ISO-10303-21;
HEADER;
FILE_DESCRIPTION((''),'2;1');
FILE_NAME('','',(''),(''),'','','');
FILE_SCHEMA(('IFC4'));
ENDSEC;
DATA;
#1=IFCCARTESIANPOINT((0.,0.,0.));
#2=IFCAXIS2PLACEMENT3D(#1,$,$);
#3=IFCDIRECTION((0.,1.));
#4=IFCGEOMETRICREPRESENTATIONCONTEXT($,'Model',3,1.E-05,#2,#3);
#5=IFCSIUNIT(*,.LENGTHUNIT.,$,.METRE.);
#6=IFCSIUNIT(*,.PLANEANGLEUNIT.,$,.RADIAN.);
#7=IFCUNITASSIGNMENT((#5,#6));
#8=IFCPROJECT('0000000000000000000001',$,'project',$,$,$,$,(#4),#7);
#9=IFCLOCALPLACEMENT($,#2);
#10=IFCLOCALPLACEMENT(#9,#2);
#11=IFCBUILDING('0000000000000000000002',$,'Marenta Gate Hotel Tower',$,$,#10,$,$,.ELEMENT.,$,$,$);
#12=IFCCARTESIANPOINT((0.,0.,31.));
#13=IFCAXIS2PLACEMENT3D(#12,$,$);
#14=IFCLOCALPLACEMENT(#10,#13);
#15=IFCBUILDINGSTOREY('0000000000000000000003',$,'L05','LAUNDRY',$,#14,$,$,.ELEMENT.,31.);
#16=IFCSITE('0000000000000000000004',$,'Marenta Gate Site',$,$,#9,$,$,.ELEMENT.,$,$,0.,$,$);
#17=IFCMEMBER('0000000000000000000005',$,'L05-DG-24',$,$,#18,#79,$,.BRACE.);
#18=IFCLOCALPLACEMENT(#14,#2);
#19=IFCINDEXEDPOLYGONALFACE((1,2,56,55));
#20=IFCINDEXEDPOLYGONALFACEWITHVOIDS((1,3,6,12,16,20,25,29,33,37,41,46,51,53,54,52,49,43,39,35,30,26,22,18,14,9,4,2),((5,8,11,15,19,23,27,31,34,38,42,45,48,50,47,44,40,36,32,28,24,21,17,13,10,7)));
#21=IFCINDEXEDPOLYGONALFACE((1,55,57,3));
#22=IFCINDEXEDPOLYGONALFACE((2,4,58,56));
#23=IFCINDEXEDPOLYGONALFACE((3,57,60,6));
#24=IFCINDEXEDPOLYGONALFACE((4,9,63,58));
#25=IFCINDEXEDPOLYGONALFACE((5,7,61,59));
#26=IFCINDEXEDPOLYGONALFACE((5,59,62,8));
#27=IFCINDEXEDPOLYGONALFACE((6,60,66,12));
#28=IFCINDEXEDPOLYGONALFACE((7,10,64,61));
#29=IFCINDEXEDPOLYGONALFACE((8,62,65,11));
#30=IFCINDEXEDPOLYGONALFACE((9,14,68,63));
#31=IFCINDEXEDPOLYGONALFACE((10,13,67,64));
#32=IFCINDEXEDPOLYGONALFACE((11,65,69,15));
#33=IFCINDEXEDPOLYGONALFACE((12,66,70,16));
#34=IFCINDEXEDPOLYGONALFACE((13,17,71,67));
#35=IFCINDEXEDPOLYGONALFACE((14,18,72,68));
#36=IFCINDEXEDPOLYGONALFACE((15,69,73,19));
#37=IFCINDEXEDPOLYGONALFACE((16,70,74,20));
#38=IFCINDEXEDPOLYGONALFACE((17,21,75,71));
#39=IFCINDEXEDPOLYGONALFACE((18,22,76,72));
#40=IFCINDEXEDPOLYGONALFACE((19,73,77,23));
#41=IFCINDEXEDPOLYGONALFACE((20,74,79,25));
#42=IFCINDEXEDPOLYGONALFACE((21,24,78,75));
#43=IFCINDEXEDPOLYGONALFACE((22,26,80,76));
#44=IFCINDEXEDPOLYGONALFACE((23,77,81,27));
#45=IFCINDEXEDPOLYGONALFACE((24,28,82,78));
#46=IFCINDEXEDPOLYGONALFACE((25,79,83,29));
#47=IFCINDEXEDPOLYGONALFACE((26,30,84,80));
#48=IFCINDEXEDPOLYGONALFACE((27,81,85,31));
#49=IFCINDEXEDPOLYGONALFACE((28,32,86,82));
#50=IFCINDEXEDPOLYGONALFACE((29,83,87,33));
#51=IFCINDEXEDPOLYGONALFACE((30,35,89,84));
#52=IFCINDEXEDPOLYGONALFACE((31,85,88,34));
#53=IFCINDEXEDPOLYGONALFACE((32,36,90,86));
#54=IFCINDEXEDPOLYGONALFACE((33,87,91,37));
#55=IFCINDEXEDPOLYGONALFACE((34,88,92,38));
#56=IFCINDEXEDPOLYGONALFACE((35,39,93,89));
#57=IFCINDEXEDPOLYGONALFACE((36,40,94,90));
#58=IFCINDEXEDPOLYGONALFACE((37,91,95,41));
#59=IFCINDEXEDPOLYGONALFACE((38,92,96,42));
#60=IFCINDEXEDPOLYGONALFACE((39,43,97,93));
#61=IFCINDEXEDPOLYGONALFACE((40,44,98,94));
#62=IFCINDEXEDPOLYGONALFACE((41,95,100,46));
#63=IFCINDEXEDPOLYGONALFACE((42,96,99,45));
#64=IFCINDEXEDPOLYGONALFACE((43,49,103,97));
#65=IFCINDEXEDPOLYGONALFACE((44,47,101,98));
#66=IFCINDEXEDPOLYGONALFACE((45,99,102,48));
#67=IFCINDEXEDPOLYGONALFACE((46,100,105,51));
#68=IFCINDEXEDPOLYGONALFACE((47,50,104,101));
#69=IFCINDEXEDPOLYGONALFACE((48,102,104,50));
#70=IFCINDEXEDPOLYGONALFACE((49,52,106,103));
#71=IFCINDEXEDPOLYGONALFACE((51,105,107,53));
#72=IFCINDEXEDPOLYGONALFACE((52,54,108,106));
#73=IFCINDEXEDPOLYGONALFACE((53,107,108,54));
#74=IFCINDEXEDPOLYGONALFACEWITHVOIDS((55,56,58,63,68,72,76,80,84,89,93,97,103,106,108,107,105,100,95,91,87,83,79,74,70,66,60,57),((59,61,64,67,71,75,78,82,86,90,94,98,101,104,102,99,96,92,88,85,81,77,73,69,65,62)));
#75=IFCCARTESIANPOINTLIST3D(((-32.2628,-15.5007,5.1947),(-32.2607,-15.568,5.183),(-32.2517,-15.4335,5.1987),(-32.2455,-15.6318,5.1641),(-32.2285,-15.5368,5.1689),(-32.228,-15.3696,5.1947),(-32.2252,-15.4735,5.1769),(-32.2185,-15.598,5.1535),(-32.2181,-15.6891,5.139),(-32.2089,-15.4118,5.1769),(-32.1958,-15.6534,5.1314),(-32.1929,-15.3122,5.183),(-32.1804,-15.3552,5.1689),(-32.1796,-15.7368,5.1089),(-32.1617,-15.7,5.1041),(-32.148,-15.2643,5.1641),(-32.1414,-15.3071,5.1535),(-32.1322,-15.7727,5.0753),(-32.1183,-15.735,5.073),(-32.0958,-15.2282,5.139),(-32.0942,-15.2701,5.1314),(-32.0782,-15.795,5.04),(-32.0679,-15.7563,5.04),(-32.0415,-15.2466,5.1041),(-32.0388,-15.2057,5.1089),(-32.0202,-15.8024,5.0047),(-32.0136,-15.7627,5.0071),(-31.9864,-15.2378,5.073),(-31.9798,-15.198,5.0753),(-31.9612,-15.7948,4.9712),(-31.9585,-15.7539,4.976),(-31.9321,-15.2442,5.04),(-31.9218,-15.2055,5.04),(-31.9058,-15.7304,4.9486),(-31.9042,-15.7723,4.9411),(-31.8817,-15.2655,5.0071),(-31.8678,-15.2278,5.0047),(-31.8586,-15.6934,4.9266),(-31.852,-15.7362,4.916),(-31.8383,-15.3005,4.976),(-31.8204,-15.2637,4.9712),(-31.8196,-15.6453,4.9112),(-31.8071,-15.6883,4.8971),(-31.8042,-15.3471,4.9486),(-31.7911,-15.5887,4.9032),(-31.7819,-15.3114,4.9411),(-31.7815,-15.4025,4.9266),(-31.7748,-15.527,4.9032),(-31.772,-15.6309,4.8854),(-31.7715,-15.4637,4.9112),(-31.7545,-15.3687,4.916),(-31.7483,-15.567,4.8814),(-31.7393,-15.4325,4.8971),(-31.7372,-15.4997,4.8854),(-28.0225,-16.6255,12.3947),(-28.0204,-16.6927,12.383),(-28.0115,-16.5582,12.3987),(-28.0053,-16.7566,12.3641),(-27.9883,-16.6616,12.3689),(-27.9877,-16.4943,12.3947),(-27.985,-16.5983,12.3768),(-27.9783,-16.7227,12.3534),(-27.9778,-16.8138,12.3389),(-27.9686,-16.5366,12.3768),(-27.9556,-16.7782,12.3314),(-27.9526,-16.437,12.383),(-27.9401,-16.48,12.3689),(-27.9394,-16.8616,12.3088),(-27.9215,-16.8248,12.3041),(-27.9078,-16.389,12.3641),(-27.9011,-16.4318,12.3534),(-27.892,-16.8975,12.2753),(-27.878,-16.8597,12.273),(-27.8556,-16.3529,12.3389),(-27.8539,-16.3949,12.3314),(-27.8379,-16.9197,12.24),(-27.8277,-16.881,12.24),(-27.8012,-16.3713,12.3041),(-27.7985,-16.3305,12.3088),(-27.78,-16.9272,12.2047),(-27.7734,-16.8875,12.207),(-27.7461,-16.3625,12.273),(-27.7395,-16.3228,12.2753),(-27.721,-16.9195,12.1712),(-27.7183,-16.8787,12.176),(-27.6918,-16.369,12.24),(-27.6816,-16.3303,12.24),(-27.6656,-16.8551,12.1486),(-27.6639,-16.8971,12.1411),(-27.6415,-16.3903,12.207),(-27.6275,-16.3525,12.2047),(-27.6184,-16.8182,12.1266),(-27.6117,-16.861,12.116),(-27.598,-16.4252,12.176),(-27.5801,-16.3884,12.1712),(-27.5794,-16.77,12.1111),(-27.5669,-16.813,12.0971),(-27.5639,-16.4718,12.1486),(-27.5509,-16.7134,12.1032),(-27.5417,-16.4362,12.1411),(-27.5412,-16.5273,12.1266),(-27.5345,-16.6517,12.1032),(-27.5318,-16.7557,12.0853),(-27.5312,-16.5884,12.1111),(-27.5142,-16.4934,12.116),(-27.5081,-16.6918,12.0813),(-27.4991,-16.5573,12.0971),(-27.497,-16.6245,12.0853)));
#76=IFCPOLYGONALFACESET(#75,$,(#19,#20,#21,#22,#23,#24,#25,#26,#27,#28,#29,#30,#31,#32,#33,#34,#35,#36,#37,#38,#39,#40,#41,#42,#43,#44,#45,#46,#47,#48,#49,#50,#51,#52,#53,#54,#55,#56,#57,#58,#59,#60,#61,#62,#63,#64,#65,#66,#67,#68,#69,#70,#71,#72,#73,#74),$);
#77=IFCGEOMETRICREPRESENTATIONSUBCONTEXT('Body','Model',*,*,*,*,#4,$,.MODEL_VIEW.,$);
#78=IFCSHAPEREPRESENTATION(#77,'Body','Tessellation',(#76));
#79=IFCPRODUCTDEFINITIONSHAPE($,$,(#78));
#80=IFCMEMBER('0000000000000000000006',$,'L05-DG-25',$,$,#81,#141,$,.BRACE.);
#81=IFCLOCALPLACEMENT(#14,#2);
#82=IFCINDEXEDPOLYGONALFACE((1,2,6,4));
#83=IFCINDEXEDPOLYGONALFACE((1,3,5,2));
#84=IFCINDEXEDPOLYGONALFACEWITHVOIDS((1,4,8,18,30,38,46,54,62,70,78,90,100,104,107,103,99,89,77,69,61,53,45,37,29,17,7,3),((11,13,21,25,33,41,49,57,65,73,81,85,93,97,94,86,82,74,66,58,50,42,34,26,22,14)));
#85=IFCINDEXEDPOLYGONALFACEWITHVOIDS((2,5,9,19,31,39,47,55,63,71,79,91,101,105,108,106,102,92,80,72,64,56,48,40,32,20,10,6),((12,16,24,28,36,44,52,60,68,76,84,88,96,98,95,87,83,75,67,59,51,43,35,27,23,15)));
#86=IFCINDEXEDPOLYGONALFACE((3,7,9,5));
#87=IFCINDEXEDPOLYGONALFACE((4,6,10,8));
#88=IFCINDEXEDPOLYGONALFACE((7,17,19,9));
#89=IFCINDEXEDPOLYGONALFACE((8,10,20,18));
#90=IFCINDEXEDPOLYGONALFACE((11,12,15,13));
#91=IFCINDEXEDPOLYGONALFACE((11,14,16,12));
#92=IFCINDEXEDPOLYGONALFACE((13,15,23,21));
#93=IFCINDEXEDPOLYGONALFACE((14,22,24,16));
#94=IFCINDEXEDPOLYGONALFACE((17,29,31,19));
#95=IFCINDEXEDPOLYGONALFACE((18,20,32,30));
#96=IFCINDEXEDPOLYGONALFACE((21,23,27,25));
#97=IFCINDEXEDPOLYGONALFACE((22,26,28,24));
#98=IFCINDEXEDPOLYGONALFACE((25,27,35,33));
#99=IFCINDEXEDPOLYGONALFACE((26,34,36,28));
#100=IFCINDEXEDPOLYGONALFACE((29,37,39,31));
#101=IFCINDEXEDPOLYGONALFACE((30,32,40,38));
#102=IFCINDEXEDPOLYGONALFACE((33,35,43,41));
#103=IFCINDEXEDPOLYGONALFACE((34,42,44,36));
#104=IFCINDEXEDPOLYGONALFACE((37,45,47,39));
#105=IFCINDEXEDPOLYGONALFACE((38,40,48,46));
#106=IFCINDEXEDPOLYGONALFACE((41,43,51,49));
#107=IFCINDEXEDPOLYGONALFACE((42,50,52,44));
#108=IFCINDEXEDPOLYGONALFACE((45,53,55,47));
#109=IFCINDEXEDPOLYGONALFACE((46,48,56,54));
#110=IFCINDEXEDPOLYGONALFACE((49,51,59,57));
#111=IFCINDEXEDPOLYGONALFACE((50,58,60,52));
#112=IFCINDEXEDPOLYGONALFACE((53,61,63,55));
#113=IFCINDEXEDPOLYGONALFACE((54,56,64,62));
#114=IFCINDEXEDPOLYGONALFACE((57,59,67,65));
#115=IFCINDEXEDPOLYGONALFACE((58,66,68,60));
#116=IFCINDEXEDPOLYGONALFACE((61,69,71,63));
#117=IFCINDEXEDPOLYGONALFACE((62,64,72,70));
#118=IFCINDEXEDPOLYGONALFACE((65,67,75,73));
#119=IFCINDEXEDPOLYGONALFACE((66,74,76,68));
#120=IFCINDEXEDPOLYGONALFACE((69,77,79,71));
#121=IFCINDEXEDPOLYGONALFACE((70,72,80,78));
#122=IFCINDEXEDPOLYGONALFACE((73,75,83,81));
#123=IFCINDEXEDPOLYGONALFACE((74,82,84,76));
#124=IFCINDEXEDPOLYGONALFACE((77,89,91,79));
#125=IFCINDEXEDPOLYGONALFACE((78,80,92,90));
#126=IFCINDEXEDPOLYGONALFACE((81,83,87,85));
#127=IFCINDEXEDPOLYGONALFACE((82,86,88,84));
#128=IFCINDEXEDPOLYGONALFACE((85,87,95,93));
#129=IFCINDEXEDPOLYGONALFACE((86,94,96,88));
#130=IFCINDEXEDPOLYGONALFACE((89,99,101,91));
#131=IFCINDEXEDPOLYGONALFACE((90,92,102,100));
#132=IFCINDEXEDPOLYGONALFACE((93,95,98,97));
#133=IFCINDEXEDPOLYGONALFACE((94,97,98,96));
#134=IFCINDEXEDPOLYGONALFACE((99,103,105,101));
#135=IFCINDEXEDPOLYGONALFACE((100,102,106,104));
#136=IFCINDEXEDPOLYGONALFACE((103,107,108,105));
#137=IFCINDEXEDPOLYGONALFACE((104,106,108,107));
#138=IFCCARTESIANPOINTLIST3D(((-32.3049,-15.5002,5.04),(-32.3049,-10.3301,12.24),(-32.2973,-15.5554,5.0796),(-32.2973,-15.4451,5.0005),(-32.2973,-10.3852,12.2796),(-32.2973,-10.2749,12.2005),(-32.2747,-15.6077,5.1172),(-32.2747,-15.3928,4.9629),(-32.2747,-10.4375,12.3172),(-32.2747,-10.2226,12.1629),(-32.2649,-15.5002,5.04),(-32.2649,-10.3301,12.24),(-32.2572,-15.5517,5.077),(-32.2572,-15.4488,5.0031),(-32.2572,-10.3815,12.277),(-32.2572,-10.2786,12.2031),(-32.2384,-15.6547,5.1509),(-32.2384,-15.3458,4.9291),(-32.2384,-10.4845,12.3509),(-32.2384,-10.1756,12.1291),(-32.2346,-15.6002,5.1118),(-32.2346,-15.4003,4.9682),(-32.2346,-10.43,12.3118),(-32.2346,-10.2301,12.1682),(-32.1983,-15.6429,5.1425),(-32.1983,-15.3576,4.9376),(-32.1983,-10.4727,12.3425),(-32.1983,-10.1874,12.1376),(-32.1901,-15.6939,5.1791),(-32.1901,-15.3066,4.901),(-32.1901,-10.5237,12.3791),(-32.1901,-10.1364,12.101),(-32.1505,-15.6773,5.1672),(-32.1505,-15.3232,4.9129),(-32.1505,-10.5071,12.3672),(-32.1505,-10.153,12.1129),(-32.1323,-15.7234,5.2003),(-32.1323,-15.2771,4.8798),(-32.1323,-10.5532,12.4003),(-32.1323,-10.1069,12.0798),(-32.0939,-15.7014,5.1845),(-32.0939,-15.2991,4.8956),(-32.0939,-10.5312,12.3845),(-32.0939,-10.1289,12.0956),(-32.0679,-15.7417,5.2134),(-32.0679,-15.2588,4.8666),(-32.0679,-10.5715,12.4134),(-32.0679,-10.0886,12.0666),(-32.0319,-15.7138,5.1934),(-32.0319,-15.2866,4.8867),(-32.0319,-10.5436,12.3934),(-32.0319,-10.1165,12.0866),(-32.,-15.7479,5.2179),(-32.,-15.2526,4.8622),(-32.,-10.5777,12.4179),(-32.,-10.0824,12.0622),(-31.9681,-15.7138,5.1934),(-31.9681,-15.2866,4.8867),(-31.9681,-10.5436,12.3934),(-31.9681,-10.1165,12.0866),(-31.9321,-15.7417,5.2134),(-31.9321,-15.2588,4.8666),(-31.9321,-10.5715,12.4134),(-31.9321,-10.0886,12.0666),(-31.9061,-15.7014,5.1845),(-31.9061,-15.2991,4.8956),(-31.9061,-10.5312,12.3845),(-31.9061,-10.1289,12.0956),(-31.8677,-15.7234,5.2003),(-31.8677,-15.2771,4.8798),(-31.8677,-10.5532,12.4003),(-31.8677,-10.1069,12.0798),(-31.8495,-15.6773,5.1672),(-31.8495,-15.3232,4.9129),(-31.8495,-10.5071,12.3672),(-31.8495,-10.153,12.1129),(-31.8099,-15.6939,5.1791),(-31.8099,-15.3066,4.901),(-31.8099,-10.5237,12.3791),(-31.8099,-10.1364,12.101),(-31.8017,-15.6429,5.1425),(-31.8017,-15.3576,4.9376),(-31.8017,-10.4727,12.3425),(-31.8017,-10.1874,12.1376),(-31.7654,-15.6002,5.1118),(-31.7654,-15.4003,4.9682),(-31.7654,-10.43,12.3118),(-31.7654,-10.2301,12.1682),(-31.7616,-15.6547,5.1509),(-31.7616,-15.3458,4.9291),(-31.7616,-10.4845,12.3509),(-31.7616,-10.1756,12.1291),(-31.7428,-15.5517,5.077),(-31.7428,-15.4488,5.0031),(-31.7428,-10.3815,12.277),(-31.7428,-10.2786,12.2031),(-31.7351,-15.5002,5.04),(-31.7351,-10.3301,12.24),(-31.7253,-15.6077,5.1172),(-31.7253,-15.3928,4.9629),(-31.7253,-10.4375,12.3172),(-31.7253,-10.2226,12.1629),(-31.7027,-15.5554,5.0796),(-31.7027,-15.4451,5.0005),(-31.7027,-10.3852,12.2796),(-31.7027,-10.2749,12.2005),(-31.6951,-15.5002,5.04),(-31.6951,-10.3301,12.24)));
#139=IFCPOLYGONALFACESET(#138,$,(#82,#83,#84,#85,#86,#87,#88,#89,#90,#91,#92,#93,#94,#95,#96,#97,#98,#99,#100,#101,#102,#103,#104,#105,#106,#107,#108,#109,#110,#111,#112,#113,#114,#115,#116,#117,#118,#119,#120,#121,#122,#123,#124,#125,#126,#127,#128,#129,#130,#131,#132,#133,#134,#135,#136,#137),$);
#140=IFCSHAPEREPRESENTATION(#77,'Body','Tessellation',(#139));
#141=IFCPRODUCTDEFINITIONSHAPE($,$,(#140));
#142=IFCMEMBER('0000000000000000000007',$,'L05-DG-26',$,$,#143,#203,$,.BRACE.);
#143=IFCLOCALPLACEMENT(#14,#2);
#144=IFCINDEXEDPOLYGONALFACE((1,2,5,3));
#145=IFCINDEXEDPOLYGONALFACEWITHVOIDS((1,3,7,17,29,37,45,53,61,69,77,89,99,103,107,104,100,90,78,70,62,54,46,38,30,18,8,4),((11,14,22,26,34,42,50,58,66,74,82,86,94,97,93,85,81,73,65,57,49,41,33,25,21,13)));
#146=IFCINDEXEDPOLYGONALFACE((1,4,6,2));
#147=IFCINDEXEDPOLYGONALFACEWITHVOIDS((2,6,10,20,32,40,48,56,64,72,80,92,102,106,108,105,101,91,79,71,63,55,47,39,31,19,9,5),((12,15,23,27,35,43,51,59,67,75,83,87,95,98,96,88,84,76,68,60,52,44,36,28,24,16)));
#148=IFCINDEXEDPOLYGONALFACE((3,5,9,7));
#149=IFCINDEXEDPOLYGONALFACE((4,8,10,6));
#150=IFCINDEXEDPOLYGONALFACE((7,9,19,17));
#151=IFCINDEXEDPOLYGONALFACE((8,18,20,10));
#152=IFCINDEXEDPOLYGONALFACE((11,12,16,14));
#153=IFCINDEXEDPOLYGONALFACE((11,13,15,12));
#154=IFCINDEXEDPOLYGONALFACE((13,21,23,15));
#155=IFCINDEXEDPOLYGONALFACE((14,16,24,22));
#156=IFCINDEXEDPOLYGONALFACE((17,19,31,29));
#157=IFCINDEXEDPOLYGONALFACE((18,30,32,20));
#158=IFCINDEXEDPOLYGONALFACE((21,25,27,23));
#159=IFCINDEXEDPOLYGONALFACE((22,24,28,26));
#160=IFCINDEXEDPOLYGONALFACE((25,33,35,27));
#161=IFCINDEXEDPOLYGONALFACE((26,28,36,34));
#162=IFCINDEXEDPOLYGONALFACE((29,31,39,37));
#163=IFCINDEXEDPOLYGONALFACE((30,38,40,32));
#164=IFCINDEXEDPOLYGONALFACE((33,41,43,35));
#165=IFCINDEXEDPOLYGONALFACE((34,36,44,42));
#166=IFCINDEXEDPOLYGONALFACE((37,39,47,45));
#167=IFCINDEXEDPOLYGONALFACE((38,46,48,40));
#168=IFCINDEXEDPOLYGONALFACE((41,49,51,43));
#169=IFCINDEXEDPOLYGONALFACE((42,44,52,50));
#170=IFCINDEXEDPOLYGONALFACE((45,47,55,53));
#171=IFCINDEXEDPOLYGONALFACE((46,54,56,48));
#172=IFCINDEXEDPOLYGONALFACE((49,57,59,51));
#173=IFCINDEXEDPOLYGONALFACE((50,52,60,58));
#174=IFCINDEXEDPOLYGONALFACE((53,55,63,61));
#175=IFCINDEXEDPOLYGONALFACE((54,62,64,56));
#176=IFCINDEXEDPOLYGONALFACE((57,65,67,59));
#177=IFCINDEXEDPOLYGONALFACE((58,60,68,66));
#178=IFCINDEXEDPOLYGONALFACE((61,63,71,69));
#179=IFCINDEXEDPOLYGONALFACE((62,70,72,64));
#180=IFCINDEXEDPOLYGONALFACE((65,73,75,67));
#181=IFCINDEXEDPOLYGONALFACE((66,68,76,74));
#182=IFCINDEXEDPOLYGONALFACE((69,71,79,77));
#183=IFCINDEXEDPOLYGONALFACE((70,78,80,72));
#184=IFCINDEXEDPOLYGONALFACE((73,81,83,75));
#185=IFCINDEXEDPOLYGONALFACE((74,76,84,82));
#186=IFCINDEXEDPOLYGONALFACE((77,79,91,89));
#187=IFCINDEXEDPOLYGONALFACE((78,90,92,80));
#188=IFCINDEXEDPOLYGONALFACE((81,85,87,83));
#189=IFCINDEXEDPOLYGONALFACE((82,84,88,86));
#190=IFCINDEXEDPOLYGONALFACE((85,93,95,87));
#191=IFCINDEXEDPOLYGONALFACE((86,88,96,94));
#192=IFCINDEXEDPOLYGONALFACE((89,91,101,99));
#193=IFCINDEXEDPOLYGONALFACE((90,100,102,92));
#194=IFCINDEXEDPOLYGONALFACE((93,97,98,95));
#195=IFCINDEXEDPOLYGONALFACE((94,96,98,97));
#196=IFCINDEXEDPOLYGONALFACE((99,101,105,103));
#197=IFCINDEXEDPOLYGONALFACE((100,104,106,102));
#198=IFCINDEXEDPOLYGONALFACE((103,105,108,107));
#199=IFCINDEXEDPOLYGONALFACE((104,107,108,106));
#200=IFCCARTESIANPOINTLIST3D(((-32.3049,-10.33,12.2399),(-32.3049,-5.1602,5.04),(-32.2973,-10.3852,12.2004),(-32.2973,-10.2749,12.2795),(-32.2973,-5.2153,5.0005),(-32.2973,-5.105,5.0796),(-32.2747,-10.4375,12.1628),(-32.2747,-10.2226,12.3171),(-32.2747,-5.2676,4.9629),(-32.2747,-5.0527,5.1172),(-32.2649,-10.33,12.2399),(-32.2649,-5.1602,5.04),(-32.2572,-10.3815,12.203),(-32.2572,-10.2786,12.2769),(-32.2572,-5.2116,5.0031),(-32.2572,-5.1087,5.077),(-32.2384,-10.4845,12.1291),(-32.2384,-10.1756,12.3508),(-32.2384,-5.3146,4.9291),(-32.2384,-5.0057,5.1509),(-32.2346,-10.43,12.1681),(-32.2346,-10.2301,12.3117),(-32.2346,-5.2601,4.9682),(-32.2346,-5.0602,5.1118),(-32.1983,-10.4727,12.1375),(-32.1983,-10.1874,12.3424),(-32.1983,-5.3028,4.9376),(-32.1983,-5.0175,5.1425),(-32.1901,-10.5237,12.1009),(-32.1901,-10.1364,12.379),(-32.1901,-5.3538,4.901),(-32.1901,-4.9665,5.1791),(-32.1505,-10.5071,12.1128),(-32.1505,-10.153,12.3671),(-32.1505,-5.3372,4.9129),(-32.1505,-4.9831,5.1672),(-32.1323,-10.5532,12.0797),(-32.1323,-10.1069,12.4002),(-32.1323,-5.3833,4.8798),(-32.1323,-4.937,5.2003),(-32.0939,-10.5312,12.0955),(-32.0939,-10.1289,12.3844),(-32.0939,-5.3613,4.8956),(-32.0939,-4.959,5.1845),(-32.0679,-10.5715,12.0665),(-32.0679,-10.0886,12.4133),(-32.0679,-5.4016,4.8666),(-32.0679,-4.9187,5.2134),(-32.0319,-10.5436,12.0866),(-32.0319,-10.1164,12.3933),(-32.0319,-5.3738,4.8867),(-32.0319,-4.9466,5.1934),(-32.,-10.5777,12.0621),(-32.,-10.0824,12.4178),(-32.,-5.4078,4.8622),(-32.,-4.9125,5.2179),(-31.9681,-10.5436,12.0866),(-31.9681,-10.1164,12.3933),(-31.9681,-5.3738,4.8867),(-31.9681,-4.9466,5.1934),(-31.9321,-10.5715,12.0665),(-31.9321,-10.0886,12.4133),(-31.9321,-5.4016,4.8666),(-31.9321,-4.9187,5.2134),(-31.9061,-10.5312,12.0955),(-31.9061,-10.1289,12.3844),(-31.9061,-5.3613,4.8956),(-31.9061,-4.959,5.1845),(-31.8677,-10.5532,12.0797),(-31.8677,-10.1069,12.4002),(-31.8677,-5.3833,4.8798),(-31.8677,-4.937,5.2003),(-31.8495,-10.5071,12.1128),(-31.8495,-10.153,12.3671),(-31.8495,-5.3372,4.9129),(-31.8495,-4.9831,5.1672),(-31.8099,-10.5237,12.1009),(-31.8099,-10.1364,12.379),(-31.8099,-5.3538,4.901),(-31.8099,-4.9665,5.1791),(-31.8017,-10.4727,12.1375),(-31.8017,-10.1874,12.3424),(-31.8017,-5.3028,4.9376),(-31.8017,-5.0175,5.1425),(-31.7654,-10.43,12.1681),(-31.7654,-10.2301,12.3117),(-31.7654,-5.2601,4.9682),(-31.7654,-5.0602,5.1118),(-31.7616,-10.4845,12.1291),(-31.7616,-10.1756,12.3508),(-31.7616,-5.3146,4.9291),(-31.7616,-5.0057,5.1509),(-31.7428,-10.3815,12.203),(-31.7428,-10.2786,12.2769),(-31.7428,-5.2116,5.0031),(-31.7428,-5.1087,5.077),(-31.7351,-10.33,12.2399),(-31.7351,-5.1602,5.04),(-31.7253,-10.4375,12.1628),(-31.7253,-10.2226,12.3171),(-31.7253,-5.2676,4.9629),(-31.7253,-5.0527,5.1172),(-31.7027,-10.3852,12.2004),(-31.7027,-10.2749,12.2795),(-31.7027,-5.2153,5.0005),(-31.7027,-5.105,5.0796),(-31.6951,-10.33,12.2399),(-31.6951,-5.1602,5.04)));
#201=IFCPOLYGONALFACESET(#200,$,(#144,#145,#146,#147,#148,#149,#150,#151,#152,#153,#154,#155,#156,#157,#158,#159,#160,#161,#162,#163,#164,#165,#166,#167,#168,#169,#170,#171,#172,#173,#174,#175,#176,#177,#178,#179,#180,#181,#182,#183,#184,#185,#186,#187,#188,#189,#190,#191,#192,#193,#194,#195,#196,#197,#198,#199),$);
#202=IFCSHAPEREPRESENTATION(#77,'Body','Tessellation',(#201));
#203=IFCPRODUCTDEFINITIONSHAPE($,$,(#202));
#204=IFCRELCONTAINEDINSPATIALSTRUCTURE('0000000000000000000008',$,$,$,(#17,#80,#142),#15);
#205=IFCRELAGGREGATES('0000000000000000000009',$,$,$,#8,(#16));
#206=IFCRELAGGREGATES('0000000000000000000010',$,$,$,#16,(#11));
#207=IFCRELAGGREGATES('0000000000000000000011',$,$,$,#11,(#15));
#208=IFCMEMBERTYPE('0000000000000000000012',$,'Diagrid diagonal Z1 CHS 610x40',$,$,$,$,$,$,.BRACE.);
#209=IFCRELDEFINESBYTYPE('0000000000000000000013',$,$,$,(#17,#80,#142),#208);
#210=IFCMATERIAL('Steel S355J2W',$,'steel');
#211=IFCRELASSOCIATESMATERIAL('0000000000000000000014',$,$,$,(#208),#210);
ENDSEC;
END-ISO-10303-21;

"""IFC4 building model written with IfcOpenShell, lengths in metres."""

from ifc_helpers import new_model, si_unit, direction, frame, origin, origin_2d, place, context, subcontext, project, spatial, hollow_circle, extrude, material, material_profile, profile_set, type_object, element, save


model = new_model("IFC4")

# Units and contexts
model_context = context("Model", 3, precision=1e-05, world=origin(), true_north=direction((0.0, 1.0)))
body_context = subcontext(model_context, "Body", "Model", "MODEL_VIEW")
ifc_project = project(units=[si_unit("LENGTHUNIT", "METRE"), si_unit("PLANEANGLEUNIT", "RADIAN")], contexts=[model_context])

# Site, building, storey
site_placement = place(None, origin())
site = spatial("IfcSite", under=ifc_project, at=site_placement, Name="Marenta Gate Site", CompositionType="ELEMENT", RefElevation=0.0)
building_placement = place(site_placement, origin())
building = spatial("IfcBuilding", under=site, at=building_placement, Name="Marenta Gate Hotel Tower", CompositionType="ELEMENT")
storey_placement = place(building_placement, frame((0.0, 0.0, 31.0)))
storey = spatial("IfcBuildingStorey", under=building, at=storey_placement, Name="L05", Description="LAUNDRY", CompositionType="ELEMENT", Elevation=31.0)

# Members
ifc_material_1 = material(Name="Steel S355J2W", Category="steel")
ifc_material_profile_1 = material_profile(ifc_material_1, hollow_circle(Radius=0.3049, WallThickness=0.04, at=origin_2d()), Name="CHS 610x40")
ifc_profile_set_1 = profile_set([ifc_material_profile_1], Name="Steel S355J2W")
member_type_1 = type_object("IfcMemberType", Name="Diagrid diagonal Z1 CHS 610x40", PredefinedType="BRACE", material=ifc_profile_set_1)
member_1_placement = place(storey_placement, frame((-32.0, -15.5002, 5.04), z_axis=(0.502926, -0.133405, 0.853972), x_axis=(0.256391, 0.966573, 0.0)))
element("IfcMember", 1, at=member_1_placement, inside=storey, type_object=member_type_1, Name="L05-DG-24", PredefinedType="BRACE", context=body_context, shape_type="SweptSolid", body=[
    extrude(hollow_circle(Radius=0.3049, WallThickness=0.04, at=origin_2d()), origin(), (0.0, 0.0, 1.0), 8.4312),
])
member_2_placement = place(storey_placement, frame((-32.0, -15.5002, 5.04), z_axis=(0.0, 0.583279, 0.812272), x_axis=(-1.0, 0.0, 0.0)))
element("IfcMember", 2, at=member_2_placement, inside=storey, type_object=member_type_1, Name="L05-DG-25", PredefinedType="BRACE", context=body_context, shape_type="SweptSolid", body=[
    extrude(hollow_circle(Radius=0.3049, WallThickness=0.04, at=origin_2d()), origin(), (0.0, 0.0, 1.0), 8.864),
])
member_3_placement = place(storey_placement, frame((-32.0, -5.1602, 5.04), z_axis=(0.0, -0.583261, 0.812285), x_axis=(1.0, 0.0, 0.0)))
element("IfcMember", 3, at=member_3_placement, inside=storey, type_object=member_type_1, Name="L05-DG-26", PredefinedType="BRACE", context=body_context, shape_type="SweptSolid", body=[
    extrude(hollow_circle(Radius=0.3049, WallThickness=0.04, at=origin_2d()), origin(), (0.0, 0.0, 1.0), 8.8638),
])

save(model, "model.ifc")
